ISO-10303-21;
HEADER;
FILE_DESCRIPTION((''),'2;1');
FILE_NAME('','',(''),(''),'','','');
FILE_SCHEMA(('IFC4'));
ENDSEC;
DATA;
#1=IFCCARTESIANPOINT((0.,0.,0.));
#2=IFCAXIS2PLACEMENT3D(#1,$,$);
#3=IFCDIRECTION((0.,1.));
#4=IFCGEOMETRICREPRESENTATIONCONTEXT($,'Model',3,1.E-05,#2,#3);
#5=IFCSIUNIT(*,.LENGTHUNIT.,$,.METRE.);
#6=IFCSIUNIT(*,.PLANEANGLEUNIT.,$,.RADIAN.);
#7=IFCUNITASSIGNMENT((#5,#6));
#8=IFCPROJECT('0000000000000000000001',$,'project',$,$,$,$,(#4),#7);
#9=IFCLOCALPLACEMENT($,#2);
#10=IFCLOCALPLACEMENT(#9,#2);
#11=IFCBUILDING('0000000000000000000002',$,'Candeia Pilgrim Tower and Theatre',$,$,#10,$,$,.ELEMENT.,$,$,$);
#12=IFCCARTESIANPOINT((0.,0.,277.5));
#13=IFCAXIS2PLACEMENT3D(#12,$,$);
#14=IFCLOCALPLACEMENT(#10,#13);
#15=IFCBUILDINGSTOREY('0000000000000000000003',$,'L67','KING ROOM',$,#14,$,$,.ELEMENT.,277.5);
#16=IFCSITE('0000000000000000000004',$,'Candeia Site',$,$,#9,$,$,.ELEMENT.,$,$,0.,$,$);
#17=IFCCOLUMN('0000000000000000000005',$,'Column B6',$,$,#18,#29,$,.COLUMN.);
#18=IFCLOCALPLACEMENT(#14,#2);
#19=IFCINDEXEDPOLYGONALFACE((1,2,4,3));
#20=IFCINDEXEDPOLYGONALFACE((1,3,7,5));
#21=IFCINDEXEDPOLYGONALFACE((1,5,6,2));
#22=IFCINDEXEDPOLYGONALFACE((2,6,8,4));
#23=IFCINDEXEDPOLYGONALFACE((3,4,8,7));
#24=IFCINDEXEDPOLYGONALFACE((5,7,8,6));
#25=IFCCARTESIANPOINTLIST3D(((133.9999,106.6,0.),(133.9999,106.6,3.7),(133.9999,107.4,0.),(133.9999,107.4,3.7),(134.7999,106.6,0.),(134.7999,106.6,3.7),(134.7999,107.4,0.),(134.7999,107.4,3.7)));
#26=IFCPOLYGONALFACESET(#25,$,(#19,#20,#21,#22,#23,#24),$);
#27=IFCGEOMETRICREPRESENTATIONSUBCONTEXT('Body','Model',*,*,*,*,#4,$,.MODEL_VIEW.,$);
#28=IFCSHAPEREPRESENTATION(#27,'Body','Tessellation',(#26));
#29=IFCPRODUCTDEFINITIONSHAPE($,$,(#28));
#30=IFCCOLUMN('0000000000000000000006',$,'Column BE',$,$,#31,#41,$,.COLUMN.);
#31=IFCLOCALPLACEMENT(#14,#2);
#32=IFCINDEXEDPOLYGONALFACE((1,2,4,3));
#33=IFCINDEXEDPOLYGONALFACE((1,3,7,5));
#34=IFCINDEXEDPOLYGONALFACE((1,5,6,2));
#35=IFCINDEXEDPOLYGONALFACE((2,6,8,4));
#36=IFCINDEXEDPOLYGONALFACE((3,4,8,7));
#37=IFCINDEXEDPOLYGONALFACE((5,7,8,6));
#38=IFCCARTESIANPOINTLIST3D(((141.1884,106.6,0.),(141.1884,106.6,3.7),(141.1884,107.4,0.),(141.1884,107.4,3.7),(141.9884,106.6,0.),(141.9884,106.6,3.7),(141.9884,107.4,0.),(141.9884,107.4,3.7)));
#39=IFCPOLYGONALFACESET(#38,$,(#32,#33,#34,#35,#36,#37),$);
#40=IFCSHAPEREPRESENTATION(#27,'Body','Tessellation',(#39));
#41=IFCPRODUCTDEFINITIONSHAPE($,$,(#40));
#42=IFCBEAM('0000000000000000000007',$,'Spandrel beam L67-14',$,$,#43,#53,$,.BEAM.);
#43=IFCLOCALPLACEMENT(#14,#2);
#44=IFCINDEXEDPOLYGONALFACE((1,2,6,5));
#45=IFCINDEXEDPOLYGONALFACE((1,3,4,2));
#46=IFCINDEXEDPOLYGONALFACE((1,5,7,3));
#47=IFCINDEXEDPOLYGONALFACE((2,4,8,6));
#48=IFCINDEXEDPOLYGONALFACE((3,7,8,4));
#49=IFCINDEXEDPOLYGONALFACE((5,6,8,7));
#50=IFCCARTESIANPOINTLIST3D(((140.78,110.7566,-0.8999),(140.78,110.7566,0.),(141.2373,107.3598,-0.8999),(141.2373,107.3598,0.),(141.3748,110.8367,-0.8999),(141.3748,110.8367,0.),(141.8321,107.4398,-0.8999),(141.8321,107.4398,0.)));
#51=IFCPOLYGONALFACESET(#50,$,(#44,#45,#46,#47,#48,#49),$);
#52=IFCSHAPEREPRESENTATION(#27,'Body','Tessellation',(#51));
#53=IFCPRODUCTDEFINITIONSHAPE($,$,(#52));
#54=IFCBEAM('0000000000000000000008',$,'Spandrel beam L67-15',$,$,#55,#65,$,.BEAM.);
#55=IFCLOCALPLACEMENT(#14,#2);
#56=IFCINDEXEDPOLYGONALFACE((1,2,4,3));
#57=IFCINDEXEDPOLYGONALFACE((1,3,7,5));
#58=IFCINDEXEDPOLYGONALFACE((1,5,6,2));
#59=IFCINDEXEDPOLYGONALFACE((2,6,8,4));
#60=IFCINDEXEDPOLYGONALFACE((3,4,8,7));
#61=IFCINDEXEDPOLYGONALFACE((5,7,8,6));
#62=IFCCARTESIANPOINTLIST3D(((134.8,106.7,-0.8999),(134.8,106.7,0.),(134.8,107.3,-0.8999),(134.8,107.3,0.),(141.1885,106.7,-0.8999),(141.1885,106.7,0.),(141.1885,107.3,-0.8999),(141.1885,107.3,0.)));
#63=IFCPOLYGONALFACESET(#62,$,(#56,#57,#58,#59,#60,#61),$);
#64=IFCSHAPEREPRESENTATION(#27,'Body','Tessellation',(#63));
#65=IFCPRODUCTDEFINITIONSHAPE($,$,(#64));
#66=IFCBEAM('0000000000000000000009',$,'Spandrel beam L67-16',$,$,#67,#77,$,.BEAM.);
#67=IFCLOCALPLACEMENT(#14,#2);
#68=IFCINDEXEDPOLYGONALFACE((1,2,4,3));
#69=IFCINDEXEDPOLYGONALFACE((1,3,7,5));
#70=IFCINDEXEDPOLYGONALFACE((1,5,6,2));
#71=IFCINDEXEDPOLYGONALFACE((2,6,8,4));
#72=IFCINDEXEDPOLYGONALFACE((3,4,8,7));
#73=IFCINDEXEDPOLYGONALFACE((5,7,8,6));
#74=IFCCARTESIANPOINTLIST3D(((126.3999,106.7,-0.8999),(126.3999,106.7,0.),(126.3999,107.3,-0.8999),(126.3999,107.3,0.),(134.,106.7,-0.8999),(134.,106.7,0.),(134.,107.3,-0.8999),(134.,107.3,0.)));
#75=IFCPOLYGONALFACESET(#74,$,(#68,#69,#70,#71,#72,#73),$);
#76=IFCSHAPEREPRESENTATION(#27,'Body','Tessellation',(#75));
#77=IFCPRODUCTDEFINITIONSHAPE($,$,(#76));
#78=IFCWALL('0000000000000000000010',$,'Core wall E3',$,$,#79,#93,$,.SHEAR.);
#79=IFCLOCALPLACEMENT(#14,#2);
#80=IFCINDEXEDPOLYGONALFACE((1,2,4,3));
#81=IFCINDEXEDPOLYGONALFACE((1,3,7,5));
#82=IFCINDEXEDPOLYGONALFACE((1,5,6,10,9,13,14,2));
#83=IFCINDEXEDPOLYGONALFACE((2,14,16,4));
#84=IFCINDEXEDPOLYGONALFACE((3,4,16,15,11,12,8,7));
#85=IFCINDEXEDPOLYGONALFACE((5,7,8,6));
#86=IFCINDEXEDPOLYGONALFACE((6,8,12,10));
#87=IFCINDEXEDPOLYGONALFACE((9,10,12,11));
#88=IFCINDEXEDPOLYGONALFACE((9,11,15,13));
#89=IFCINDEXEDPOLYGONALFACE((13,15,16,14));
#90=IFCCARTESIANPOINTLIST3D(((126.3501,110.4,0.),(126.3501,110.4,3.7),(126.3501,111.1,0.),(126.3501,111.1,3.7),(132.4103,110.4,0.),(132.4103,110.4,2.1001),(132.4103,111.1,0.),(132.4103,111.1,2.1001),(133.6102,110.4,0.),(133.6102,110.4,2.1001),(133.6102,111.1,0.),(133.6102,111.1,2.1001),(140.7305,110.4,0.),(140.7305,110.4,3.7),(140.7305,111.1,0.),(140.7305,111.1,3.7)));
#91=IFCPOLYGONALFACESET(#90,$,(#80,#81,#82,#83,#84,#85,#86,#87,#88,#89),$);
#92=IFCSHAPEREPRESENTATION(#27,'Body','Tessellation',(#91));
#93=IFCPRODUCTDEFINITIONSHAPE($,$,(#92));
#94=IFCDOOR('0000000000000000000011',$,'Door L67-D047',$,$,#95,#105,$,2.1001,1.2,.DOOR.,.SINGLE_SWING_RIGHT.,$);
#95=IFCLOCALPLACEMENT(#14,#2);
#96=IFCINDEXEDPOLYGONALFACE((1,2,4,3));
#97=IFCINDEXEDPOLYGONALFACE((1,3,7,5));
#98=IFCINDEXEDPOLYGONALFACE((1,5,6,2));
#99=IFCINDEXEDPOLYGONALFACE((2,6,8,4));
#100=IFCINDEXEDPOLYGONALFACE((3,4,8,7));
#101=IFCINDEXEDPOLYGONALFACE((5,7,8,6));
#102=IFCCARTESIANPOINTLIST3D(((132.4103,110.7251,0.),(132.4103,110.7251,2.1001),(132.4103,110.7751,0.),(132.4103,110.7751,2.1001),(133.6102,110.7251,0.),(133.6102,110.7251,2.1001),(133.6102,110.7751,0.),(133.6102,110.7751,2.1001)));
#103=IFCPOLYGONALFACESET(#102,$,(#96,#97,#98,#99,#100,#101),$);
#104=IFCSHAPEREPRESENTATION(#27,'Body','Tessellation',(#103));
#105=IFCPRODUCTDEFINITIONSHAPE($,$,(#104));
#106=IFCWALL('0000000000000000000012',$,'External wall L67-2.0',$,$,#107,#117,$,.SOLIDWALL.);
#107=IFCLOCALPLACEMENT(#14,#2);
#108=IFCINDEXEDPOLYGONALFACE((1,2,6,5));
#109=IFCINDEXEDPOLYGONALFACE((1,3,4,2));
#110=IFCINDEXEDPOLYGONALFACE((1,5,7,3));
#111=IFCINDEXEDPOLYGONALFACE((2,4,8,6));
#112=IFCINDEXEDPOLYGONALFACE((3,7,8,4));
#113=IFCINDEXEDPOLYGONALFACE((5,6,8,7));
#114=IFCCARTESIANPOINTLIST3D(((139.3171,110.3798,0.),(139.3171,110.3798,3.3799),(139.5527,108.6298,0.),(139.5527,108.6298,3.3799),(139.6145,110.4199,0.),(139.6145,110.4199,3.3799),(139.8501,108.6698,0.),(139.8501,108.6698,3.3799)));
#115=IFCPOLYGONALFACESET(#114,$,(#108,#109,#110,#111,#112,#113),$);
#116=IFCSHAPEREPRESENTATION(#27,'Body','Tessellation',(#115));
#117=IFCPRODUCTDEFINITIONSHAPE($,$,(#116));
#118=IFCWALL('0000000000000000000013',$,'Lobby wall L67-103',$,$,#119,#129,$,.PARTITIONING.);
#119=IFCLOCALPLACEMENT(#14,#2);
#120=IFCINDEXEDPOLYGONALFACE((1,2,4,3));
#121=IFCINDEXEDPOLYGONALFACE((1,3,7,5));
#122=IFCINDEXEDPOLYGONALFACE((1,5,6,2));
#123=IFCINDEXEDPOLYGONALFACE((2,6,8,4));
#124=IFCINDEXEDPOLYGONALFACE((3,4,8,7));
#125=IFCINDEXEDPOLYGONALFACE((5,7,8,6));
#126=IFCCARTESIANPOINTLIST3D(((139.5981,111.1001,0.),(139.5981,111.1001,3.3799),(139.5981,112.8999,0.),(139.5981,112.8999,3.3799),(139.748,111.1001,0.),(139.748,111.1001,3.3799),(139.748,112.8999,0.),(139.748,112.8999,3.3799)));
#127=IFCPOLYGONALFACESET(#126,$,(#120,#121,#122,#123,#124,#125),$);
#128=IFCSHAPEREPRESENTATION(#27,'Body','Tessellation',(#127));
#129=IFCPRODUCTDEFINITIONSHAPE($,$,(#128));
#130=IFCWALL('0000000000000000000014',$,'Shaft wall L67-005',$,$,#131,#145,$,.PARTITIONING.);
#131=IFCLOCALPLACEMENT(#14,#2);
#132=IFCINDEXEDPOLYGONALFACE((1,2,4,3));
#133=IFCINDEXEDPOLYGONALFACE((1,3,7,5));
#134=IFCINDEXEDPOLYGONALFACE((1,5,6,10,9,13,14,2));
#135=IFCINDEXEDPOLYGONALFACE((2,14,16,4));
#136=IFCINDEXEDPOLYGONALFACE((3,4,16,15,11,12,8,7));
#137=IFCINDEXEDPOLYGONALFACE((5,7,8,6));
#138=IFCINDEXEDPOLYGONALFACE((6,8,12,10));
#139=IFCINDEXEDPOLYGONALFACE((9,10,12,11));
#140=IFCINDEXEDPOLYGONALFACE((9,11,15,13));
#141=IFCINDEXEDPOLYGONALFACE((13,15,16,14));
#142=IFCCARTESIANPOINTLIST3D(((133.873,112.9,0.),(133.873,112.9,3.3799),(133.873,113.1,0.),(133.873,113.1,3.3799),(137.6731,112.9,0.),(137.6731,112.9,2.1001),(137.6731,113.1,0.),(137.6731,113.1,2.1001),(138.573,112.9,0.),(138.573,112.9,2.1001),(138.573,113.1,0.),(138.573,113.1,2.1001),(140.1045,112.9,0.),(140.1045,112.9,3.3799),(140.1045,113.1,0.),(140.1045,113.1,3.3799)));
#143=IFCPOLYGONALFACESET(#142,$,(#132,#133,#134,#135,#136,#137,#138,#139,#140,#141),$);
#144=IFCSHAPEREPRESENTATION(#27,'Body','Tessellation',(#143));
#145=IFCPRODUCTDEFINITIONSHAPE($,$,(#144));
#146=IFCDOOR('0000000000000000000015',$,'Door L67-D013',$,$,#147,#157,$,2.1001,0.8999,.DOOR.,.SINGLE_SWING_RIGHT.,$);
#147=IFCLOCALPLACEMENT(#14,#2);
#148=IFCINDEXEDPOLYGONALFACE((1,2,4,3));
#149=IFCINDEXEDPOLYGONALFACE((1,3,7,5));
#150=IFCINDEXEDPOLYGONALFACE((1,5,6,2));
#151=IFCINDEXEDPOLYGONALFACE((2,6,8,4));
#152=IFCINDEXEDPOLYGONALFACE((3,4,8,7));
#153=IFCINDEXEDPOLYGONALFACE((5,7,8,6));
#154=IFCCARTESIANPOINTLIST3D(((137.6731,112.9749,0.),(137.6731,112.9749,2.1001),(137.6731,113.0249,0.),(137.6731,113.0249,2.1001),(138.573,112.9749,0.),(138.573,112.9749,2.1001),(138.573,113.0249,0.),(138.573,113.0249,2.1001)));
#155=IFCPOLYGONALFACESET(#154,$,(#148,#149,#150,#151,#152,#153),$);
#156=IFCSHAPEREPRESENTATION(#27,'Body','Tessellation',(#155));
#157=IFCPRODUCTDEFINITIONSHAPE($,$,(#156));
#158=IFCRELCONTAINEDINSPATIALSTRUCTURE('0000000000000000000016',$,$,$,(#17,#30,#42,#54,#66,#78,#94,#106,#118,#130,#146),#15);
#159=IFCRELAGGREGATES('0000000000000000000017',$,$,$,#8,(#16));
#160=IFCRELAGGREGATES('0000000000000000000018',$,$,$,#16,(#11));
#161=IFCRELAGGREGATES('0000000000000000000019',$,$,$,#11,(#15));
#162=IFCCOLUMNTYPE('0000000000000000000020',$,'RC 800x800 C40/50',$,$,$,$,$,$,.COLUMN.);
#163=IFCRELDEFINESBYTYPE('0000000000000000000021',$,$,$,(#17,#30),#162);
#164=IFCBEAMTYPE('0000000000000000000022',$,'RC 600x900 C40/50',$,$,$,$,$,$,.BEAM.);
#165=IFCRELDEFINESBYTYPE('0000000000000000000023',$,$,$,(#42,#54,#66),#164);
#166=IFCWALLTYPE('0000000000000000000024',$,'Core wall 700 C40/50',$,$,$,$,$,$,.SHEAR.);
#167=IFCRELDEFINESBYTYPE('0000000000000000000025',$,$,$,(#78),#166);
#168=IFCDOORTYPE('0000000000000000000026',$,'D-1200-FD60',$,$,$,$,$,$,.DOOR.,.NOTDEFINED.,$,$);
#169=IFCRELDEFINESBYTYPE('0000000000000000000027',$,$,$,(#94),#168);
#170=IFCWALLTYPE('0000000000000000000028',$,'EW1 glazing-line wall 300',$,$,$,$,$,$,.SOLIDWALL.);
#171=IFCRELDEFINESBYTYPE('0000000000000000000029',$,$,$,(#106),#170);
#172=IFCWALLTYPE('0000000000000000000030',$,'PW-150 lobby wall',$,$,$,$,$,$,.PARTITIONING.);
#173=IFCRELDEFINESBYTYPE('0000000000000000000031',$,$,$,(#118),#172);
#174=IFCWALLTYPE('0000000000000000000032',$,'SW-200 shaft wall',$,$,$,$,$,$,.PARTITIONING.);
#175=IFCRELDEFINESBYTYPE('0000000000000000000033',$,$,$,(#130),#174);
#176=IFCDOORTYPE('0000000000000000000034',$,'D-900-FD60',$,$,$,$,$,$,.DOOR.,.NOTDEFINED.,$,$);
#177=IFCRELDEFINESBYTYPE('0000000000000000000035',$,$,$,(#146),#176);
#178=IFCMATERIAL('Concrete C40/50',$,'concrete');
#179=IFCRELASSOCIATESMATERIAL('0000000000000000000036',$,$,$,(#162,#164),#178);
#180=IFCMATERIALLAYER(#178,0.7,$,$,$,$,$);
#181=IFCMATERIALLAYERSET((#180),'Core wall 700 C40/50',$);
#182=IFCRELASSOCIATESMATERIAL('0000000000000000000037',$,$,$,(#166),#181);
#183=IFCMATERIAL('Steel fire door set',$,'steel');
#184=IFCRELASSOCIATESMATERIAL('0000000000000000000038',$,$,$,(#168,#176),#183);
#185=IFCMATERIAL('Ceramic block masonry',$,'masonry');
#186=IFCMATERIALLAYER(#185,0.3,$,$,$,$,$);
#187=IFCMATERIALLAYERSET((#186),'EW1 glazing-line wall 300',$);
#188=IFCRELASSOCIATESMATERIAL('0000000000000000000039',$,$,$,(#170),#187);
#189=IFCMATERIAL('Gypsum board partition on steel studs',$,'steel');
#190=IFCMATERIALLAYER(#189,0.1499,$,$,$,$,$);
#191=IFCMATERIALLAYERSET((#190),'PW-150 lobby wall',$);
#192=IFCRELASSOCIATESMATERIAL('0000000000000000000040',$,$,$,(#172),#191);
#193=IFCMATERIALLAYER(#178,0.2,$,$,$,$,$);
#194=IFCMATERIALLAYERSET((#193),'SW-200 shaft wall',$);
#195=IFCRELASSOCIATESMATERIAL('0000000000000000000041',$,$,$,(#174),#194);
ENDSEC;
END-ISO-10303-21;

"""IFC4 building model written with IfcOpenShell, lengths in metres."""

from ifc_helpers import new_model, si_unit, direction, frame, frame_2d, origin, origin_2d, place, context, subcontext, project, spatial, rectangle, extrude, material, layer, layer_set, material_profile, profile_set, type_object, element, fill, save


model = new_model("IFC4")

# Units and contexts
model_context = context("Model", 3, precision=1e-05, world=origin(), true_north=direction((0.0, 1.0)))
body_context = subcontext(model_context, "Body", "Model", "MODEL_VIEW")
ifc_project = project(units=[si_unit("LENGTHUNIT", "METRE"), si_unit("PLANEANGLEUNIT", "RADIAN")], contexts=[model_context])

# Site, building, storey
site_placement = place(None, origin())
site = spatial("IfcSite", under=ifc_project, at=site_placement, Name="Candeia Site", CompositionType="ELEMENT", RefElevation=0.0)
building_placement = place(site_placement, origin())
building = spatial("IfcBuilding", under=site, at=building_placement, Name="Candeia Pilgrim Tower and Theatre", CompositionType="ELEMENT")
storey_placement = place(building_placement, frame((0.0, 0.0, 277.5)))
storey = spatial("IfcBuildingStorey", under=building, at=storey_placement, Name="L67", Description="KING ROOM", CompositionType="ELEMENT", Elevation=277.5)

# Columns
ifc_material_1 = material(Name="Concrete C40/50", Category="concrete")
ifc_material_profile_1 = material_profile(ifc_material_1, rectangle(XDim=0.8, YDim=0.8, at=origin_2d()))
ifc_profile_set_1 = profile_set([ifc_material_profile_1], Name="Concrete C40/50")
column_type = type_object("IfcColumnType", Name="RC 800x800 C40/50", PredefinedType="COLUMN", material=ifc_profile_set_1)
for number, where, z_axis, x_axis, name in (
    (1, (134.3999, 107.0, 0.0), (0.0, 0.0, 1.0), (1.0, 0.0, 0.0), "Column B6"),
    (2, (141.5884, 107.0, 0.0), (0.0, 0.0, 1.0), (1.0, 0.0, 0.0), "Column BE"),
):
    element("IfcColumn", number, at=place(storey_placement, frame(where, z_axis=z_axis, x_axis=x_axis)), inside=storey, type_object=column_type, Name=name, PredefinedType="COLUMN", context=body_context, shape_type="SweptSolid", body=[
        extrude(rectangle(XDim=0.8, YDim=0.8, at=origin_2d()), origin(), (0.0, 0.0, 1.0), 3.7),
    ])

# Beams
ifc_material_profile_2 = material_profile(ifc_material_1, rectangle(XDim=0.6001, YDim=0.8999, at=origin_2d()))
ifc_profile_set_2 = profile_set([ifc_material_profile_2], Name="Concrete C40/50")
beam_type = type_object("IfcBeamType", Name="RC 600x900 C40/50", PredefinedType="BEAM", material=ifc_profile_set_2)
beam_1_placement = place(storey_placement, frame((141.0774, 110.7966, -0.45), z_axis=(0.133419, -0.99106, 0.0), x_axis=(0.99106, 0.133419, 0.0)))
element("IfcBeam", 3, at=beam_1_placement, inside=storey, type_object=beam_type, Name="Spandrel beam L67-14", PredefinedType="BEAM", context=body_context, shape_type="SweptSolid", body=[
    extrude(rectangle(XDim=0.6001, YDim=0.8999, at=origin_2d()), origin(), (0.0, 0.0, 1.0), 3.4275),
])
beam_2_placement = place(storey_placement, frame((141.1885, 107.0, -0.45), z_axis=(-1.0, 0.0, 0.0), x_axis=(0.0, -1.0, 0.0)))
element("IfcBeam", 4, at=beam_2_placement, inside=storey, type_object=beam_type, Name="Spandrel beam L67-15", PredefinedType="BEAM", context=body_context, shape_type="SweptSolid", body=[
    extrude(rectangle(XDim=0.6001, YDim=0.8999, at=origin_2d()), origin(), (0.0, 0.0, 1.0), 6.3884),
])
beam_3_placement = place(storey_placement, frame((134.0, 107.0, -0.45), z_axis=(-1.0, 0.0, 0.0), x_axis=(0.0, -1.0, 0.0)))
element("IfcBeam", 5, at=beam_3_placement, inside=storey, type_object=beam_type, Name="Spandrel beam L67-16", PredefinedType="BEAM", context=body_context, shape_type="SweptSolid", body=[
    extrude(rectangle(XDim=0.6001, YDim=0.8999, at=origin_2d()), origin(), (0.0, 0.0, 1.0), 7.6001),
])

# Wall, opening, door
ifc_layer_1 = layer(ifc_material_1, 0.7)
ifc_layer_set_1 = layer_set([ifc_layer_1], Name="Core wall 700 C40/50")
wall_type_1 = type_object("IfcWallType", Name="Core wall 700 C40/50", PredefinedType="SHEAR", material=ifc_layer_set_1)
wall_1_placement = place(storey_placement, frame((140.7305, 110.75, 0.0), z_axis=(0.0, 0.0, 1.0), x_axis=(-1.0, 0.0, 0.0)))
wall_1 = element("IfcWall", 6, at=wall_1_placement, inside=storey, type_object=wall_type_1, Name="Core wall E3", PredefinedType="SHEAR", context=body_context, shape_type="SweptSolid", body=[
    extrude(rectangle(XDim=14.3804, YDim=0.7, at=frame_2d((7.1902, 0.0))), origin(), (0.0, 0.0, 1.0), 3.7),
])
opening_1_placement = place(wall_1_placement, frame((7.1201, 0.0, 0.0)))
opening_1 = element("IfcOpeningElement", 7, at=opening_1_placement, cuts=wall_1, PredefinedType="OPENING", context=body_context, shape_type="SweptSolid", body=[
    extrude(rectangle(XDim=1.2, YDim=2.1001, at=frame_2d((0.6001, 1.05))), frame((0.0, 0.3599, 0.0), z_axis=(0.0, -1.0, 0.0), x_axis=(1.0, 0.0, 0.0)), (0.0, 0.0, 1.0), 0.72),
])
ifc_material_2 = material(Name="Steel fire door set", Category="steel")
door_type_1 = type_object("IfcDoorType", Name="D-1200-FD60", OperationType="NOTDEFINED", PredefinedType="DOOR", material=ifc_material_2)
door_1_placement = place(opening_1_placement, origin())
door_1 = element("IfcDoor", 8, at=door_1_placement, inside=storey, type_object=door_type_1, Name="Door L67-D047", OperationType="SINGLE_SWING_RIGHT", OverallHeight=2.1001, OverallWidth=1.2, PredefinedType="DOOR", context=body_context, shape_type="SweptSolid", body=[
    extrude(rectangle(XDim=1.2, YDim=2.1001, at=frame_2d((0.6001, 1.05))), frame((0.0, 0.0249, 0.0), z_axis=(0.0, -1.0, 0.0), x_axis=(1.0, 0.0, 0.0)), (0.0, 0.0, 1.0), 0.05),
])
fill(opening_1, door_1)

# Walls
ifc_material_3 = material(Name="Ceramic block masonry", Category="masonry")
ifc_layer_2 = layer(ifc_material_3, 0.3)
ifc_layer_set_2 = layer_set([ifc_layer_2], Name="EW1 glazing-line wall 300")
wall_type_2 = type_object("IfcWallType", Name="EW1 glazing-line wall 300", PredefinedType="SOLIDWALL", material=ifc_layer_set_2)
wall_2_placement = place(storey_placement, frame((139.7014, 108.6499, 0.0), z_axis=(0.0, 0.0, 1.0), x_axis=(-0.133422, 0.991059, 0.0)))
element("IfcWall", 9, at=wall_2_placement, inside=storey, type_object=wall_type_2, Name="External wall L67-2.0", PredefinedType="SOLIDWALL", context=body_context, shape_type="SweptSolid", body=[
    extrude(rectangle(XDim=1.7659, YDim=0.3, at=frame_2d((0.8828, 0.0))), origin(), (0.0, 0.0, 1.0), 3.3799),
])
ifc_material_4 = material(Name="Gypsum board partition on steel studs", Category="steel")
ifc_layer_3 = layer(ifc_material_4, 0.1499)
ifc_layer_set_3 = layer_set([ifc_layer_3], Name="PW-150 lobby wall")
wall_type_3 = type_object("IfcWallType", Name="PW-150 lobby wall", PredefinedType="PARTITIONING", material=ifc_layer_set_3)
wall_3_placement = place(storey_placement, frame((139.6731, 111.1001, 0.0), z_axis=(0.0, 0.0, 1.0), x_axis=(0.0, 1.0, 0.0)))
element("IfcWall", 10, at=wall_3_placement, inside=storey, type_object=wall_type_3, Name="Lobby wall L67-103", PredefinedType="PARTITIONING", context=body_context, shape_type="SweptSolid", body=[
    extrude(rectangle(XDim=1.7998, YDim=0.1499, at=frame_2d((0.8999, 0.0))), origin(), (0.0, 0.0, 1.0), 3.3799),
])

# Wall, opening, door
ifc_layer_4 = layer(ifc_material_1, 0.2)
ifc_layer_set_4 = layer_set([ifc_layer_4], Name="SW-200 shaft wall")
wall_type_4 = type_object("IfcWallType", Name="SW-200 shaft wall", PredefinedType="PARTITIONING", material=ifc_layer_set_4)
wall_4_placement = place(storey_placement, frame((133.873, 113.0, 0.0), z_axis=(0.0, 0.0, 1.0), x_axis=(1.0, 0.0, 0.0)))
wall_4 = element("IfcWall", 11, at=wall_4_placement, inside=storey, type_object=wall_type_4, Name="Shaft wall L67-005", PredefinedType="PARTITIONING", context=body_context, shape_type="SweptSolid", body=[
    extrude(rectangle(XDim=6.2314, YDim=0.2, at=frame_2d((3.1157, 0.0))), origin(), (0.0, 0.0, 1.0), 3.3799),
])
opening_2_placement = place(wall_4_placement, frame((3.8, 0.0, 0.0)))
opening_2 = element("IfcOpeningElement", 12, at=opening_2_placement, cuts=wall_4, PredefinedType="OPENING", context=body_context, shape_type="SweptSolid", body=[
    extrude(rectangle(XDim=0.8999, YDim=2.1001, at=frame_2d((0.45, 1.05))), frame((0.0, 0.1099, 0.0), z_axis=(0.0, -1.0, 0.0), x_axis=(1.0, 0.0, 0.0)), (0.0, 0.0, 1.0), 0.22),
])
door_type_2 = type_object("IfcDoorType", Name="D-900-FD60", OperationType="NOTDEFINED", PredefinedType="DOOR", material=ifc_material_2)
door_2_placement = place(opening_2_placement, origin())
door_2 = element("IfcDoor", 13, at=door_2_placement, inside=storey, type_object=door_type_2, Name="Door L67-D013", OperationType="SINGLE_SWING_RIGHT", OverallHeight=2.1001, OverallWidth=0.8999, PredefinedType="DOOR", context=body_context, shape_type="SweptSolid", body=[
    extrude(rectangle(XDim=0.8999, YDim=2.1001, at=frame_2d((0.45, 1.05))), frame((0.0, 0.0249, 0.0), z_axis=(0.0, -1.0, 0.0), x_axis=(1.0, 0.0, 0.0)), (0.0, 0.0, 1.0), 0.05),
])
fill(opening_2, door_2)

save(model, "model.ifc")
